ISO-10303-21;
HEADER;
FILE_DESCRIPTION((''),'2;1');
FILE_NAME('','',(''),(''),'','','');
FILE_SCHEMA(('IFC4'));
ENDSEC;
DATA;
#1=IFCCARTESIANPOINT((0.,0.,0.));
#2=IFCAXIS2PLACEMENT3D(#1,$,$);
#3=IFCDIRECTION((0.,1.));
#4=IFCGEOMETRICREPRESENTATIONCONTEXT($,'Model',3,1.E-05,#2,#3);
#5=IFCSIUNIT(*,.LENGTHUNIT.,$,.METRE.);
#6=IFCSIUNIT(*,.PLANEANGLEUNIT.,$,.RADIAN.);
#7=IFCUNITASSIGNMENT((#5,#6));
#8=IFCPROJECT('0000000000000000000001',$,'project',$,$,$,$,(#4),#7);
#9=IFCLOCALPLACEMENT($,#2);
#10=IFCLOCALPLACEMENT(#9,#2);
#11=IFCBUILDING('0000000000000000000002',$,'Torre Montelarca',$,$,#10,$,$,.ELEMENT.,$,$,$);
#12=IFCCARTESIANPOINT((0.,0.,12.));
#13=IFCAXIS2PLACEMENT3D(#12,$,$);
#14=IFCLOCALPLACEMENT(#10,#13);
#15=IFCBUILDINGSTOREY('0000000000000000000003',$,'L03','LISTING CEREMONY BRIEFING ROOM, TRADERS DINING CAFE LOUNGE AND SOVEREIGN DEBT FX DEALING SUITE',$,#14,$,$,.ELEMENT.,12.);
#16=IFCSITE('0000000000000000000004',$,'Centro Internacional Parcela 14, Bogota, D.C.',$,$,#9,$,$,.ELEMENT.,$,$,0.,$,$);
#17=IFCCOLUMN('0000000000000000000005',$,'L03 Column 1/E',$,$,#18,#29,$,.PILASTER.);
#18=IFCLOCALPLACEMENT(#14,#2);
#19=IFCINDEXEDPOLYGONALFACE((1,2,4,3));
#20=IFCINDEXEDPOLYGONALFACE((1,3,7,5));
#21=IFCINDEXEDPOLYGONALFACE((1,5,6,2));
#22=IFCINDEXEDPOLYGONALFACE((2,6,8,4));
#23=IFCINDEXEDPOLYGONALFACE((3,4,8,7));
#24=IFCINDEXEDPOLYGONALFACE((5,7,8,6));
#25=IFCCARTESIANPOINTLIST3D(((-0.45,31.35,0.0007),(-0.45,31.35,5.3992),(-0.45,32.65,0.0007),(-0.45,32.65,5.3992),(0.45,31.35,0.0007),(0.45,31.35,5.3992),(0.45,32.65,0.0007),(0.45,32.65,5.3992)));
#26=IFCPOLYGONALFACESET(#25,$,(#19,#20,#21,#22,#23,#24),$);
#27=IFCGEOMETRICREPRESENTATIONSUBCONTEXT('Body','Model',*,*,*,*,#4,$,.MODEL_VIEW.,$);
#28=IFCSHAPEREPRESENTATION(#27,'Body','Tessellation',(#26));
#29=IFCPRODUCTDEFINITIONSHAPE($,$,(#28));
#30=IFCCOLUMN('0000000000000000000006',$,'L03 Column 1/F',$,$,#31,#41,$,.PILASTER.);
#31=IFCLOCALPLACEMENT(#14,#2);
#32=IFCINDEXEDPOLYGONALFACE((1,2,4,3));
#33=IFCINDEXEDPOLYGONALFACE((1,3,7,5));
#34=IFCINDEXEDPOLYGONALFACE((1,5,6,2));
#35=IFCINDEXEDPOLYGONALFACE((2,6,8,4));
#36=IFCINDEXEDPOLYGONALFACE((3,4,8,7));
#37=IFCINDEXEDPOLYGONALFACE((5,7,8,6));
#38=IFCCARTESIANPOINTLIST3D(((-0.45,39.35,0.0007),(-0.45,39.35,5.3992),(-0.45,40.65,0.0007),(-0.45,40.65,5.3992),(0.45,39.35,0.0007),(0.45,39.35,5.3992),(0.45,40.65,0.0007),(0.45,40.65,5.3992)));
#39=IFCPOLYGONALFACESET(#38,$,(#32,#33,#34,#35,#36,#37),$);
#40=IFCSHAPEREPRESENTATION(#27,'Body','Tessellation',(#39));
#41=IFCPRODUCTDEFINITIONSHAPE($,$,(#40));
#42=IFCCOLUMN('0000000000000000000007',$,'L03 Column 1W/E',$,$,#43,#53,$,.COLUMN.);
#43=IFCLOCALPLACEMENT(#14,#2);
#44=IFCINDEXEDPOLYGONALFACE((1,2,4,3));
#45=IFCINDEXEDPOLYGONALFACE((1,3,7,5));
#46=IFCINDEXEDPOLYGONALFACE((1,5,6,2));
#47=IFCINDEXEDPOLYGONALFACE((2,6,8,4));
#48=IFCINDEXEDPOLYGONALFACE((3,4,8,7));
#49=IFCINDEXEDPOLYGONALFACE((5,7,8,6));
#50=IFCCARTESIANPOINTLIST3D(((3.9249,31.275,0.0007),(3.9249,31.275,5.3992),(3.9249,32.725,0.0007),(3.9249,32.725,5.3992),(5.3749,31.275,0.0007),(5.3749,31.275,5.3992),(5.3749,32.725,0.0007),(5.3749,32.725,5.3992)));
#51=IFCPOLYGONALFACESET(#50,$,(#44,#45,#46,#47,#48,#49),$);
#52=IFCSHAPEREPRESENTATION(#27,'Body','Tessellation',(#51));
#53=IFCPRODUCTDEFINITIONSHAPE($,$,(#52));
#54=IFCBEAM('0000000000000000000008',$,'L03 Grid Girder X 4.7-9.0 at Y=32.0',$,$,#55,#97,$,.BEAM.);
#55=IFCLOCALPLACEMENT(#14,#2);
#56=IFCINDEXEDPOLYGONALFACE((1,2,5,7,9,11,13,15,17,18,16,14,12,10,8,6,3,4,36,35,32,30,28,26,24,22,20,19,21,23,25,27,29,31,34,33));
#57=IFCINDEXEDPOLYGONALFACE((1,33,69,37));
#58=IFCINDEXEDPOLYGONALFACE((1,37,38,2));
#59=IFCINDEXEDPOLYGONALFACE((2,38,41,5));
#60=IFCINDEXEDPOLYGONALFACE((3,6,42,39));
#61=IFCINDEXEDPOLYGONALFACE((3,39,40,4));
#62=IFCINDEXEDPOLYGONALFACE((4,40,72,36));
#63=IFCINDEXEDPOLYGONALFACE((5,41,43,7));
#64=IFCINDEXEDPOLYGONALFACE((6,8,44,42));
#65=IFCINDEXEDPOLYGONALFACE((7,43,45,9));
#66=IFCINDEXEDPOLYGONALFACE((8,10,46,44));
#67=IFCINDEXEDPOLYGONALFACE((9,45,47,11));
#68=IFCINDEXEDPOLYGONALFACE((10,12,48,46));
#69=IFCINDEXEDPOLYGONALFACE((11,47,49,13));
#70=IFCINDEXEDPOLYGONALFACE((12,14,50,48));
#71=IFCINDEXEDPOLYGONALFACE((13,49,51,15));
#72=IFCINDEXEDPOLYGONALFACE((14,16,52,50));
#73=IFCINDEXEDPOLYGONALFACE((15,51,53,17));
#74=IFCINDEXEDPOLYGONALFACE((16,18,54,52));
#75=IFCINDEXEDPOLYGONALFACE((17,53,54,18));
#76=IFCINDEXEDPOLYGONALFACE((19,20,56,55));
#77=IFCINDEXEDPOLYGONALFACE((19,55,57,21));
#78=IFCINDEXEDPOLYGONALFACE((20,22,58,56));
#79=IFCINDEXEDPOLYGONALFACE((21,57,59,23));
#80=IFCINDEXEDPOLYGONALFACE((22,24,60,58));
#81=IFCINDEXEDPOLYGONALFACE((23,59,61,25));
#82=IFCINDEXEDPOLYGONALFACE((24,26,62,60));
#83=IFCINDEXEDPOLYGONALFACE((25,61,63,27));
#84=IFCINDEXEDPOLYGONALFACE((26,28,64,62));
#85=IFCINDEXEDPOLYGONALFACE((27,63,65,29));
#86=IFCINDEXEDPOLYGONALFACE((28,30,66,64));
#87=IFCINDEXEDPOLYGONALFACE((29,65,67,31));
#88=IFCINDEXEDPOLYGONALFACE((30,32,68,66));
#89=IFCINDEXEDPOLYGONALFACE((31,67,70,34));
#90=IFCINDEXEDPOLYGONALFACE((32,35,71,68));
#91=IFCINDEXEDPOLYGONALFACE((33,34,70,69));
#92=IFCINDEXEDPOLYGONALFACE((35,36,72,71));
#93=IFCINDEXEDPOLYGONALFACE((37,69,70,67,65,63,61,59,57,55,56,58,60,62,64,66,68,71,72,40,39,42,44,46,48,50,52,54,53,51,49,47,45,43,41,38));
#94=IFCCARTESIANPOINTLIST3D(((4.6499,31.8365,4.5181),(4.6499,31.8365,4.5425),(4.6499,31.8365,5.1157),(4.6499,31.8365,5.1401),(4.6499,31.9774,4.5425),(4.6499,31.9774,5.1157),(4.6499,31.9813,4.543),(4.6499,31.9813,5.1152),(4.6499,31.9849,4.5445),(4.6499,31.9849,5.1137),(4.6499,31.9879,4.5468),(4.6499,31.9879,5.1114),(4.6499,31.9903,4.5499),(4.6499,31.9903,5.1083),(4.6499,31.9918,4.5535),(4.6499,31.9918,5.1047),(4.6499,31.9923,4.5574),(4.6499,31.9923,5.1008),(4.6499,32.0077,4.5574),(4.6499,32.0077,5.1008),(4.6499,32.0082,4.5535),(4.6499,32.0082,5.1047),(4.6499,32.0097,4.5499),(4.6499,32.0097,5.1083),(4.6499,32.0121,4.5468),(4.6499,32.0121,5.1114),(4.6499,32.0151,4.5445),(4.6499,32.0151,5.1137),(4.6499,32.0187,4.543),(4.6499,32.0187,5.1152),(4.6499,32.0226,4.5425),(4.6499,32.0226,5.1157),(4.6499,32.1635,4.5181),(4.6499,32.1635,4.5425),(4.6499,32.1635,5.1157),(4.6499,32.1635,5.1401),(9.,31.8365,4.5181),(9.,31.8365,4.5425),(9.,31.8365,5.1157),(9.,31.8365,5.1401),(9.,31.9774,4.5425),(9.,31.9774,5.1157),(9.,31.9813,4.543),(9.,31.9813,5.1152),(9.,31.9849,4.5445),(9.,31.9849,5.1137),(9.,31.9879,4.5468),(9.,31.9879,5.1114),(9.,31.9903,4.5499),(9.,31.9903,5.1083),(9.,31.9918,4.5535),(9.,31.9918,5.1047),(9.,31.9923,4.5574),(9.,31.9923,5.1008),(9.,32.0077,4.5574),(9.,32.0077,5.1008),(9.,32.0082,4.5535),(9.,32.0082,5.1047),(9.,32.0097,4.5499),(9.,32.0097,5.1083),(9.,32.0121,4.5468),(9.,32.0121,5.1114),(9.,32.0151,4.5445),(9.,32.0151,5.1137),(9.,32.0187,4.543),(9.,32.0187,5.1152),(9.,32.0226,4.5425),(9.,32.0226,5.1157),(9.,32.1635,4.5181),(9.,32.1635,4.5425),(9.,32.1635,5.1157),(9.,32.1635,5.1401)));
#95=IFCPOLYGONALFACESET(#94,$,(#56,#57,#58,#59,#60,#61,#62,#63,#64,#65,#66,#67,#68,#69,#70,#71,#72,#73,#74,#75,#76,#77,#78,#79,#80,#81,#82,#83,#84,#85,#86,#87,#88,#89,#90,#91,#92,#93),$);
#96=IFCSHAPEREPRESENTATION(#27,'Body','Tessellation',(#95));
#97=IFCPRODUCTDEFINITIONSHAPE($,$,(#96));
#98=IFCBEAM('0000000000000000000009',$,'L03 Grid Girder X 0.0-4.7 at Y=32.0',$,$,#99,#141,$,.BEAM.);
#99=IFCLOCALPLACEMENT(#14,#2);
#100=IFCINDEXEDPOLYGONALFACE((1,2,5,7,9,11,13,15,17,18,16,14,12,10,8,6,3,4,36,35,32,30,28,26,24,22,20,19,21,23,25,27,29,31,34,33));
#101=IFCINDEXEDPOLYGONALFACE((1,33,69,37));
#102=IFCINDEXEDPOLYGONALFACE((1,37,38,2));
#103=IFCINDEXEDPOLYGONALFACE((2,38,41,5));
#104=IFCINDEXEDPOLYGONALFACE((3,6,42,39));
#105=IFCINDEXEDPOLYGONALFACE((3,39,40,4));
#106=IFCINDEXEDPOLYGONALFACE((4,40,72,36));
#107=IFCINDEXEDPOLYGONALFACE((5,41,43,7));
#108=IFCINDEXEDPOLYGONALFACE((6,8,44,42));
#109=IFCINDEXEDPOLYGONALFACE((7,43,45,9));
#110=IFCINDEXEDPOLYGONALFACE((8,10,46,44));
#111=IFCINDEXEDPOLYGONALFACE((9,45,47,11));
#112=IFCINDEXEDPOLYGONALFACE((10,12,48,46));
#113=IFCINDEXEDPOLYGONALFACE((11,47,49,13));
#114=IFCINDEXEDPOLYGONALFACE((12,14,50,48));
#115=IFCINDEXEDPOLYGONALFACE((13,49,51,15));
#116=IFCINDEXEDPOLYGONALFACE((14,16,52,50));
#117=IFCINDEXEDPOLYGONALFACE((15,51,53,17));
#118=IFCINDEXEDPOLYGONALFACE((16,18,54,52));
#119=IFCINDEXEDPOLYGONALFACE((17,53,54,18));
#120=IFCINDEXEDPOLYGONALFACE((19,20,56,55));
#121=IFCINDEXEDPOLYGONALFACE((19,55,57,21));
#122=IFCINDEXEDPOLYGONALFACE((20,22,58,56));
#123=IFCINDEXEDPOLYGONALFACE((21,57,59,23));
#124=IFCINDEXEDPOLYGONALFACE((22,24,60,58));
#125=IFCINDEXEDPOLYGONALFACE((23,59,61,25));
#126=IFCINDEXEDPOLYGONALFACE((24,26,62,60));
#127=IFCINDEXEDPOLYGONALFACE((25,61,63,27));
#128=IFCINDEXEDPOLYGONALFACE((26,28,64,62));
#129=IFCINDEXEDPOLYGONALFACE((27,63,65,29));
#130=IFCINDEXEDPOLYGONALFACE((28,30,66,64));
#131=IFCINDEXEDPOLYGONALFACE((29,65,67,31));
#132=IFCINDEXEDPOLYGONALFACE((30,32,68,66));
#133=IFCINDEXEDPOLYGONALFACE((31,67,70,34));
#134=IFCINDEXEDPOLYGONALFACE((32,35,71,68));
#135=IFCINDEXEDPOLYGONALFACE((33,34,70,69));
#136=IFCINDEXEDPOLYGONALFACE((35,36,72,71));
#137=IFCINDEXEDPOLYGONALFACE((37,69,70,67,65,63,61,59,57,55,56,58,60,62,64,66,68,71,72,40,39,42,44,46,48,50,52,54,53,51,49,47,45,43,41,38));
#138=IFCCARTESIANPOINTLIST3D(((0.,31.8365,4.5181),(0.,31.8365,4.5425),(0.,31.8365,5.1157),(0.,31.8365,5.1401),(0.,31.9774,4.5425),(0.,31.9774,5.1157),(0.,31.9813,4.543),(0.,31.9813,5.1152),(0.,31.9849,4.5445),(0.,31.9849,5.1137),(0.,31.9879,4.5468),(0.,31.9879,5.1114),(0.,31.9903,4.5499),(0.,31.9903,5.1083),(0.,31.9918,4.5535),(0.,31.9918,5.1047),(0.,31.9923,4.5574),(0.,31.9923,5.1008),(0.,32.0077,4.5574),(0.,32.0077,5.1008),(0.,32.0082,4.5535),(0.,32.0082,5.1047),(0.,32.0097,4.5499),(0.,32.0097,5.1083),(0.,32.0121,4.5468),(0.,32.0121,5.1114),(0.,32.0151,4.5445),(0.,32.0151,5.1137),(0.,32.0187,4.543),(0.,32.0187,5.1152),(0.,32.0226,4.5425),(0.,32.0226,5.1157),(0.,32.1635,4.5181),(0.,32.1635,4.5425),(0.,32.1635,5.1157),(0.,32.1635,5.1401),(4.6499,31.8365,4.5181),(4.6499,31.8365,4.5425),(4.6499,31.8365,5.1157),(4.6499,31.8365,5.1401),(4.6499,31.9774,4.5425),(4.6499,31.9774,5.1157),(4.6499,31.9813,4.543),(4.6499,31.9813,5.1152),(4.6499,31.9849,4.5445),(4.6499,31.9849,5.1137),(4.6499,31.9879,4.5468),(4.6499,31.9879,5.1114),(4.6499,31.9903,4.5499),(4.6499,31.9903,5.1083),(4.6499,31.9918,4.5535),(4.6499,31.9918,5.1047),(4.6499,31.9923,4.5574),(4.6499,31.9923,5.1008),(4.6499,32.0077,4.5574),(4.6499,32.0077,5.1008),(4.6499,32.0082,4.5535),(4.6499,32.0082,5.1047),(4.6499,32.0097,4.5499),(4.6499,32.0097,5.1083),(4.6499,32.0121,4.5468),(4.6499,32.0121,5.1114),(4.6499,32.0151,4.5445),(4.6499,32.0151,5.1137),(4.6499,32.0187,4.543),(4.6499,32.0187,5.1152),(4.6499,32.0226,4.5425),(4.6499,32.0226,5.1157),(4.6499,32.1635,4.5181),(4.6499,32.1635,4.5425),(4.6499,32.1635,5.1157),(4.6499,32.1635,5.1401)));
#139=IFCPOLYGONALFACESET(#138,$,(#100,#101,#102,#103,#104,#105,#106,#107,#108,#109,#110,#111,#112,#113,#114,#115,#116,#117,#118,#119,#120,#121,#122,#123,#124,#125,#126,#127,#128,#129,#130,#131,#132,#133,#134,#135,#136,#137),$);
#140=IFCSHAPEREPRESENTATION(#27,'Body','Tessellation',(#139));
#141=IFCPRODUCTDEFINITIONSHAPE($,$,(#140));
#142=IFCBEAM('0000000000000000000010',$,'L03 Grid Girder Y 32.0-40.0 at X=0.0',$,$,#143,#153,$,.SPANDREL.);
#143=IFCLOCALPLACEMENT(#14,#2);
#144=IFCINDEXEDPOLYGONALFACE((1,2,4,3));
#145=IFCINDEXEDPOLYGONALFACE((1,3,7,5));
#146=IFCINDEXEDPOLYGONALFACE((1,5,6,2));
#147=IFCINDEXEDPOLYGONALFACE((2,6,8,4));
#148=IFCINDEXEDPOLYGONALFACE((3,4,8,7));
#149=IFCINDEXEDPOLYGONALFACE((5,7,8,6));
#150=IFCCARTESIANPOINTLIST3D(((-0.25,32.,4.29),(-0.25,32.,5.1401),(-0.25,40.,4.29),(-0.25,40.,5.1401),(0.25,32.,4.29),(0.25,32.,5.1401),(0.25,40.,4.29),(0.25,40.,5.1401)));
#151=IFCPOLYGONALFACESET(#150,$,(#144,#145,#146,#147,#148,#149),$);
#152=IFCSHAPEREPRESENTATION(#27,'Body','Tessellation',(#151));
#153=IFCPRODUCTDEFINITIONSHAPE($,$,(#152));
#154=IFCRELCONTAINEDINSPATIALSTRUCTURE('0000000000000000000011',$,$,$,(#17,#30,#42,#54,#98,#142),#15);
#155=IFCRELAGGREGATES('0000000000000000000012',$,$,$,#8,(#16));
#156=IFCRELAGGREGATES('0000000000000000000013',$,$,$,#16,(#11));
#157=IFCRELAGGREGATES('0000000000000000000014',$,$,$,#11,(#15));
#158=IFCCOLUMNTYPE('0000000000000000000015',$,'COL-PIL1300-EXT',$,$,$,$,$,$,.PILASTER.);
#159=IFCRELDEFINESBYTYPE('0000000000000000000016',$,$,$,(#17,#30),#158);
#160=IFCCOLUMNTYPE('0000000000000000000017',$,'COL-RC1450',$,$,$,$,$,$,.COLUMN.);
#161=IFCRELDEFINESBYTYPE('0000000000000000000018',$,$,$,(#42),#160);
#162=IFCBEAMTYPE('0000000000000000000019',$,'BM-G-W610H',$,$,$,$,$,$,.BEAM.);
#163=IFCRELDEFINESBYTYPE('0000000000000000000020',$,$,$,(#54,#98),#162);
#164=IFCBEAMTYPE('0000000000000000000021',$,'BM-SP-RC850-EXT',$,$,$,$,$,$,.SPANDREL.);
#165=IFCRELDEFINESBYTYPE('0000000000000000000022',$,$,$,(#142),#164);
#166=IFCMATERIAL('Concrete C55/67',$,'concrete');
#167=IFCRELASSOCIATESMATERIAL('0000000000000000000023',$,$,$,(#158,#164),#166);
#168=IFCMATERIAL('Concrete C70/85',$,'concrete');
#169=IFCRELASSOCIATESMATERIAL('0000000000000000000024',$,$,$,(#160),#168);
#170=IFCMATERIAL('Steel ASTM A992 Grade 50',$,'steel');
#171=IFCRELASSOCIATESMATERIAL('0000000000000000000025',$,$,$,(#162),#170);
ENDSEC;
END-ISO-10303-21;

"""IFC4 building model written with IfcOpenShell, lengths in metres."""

from ifc_helpers import new_model, si_unit, direction, frame, origin, origin_2d, place, context, subcontext, project, spatial, rectangle, i_section, extrude, source, transform, mapped, material, material_profile, profile_set, type_object, element, save


model = new_model("IFC4")

# Units and contexts
model_context = context("Model", 3, precision=1e-05, world=origin(), true_north=direction((0.0, 1.0)))
body_context = subcontext(model_context, "Body", "Model", "MODEL_VIEW")
ifc_project = project(units=[si_unit("LENGTHUNIT", "METRE"), si_unit("PLANEANGLEUNIT", "RADIAN")], contexts=[model_context])

# Site, building, storey
site_placement = place(None, origin())
site = spatial("IfcSite", under=ifc_project, at=site_placement, Name="Centro Internacional Parcela 14, Bogota, D.C.", CompositionType="ELEMENT", RefElevation=0.0)
building_placement = place(site_placement, origin())
building = spatial("IfcBuilding", under=site, at=building_placement, Name="Torre Montelarca", CompositionType="ELEMENT")
storey_placement = place(building_placement, frame((0.0, 0.0, 12.0)))
storey = spatial("IfcBuildingStorey", under=building, at=storey_placement, Name="L03", Description="LISTING CEREMONY BRIEFING ROOM, TRADERS DINING CAFE LOUNGE AND SOVEREIGN DEBT FX DEALING SUITE", CompositionType="ELEMENT", Elevation=12.0)

# Columns
ifc_material_1 = material(Name="Concrete C55/67", Category="concrete")
ifc_material_profile_1 = material_profile(ifc_material_1, rectangle(XDim=0.8999, YDim=1.3, at=origin_2d()), Name="RC1300X900", Category="concrete")
ifc_profile_set_1 = profile_set([ifc_material_profile_1], Name="Concrete C55/67")
column_type_1 = type_object("IfcColumnType", Name="COL-PIL1300-EXT", PredefinedType="PILASTER", material=ifc_profile_set_1)
shared_shape_1 = source(origin(), body_context, "Body", "SweptSolid", [
    extrude(rectangle(XDim=0.8999, YDim=1.3, at=origin_2d()), origin(), (0.0, 0.0, 1.0), 5.3984),
])
for number, where, z_axis, x_axis, name in (
    (1, (0.0, 32.0, 0.0007), (0.0, 0.0, 1.0), (1.0, 0.0, 0.0), "L03 Column 1/E"),
    (2, (0.0, 40.0, 0.0007), (0.0, 0.0, 1.0), (1.0, 0.0, 0.0), "L03 Column 1/F"),
):
    element("IfcColumn", number, at=place(storey_placement, frame(where, z_axis=z_axis, x_axis=x_axis)), inside=storey, type_object=column_type_1, Name=name, PredefinedType="PILASTER", context=body_context, shape_type="MappedRepresentation", body=[
        mapped(shared_shape_1, transform((0.0, 0.0, 0.0), scale=1.0)),
    ])
ifc_material_2 = material(Name="Concrete C70/85", Category="concrete")
ifc_material_profile_2 = material_profile(ifc_material_2, rectangle(XDim=1.45, YDim=1.45, at=origin_2d()), Name="RC1450X1450", Category="concrete")
ifc_profile_set_2 = profile_set([ifc_material_profile_2], Name="Concrete C70/85")
column_type_2 = type_object("IfcColumnType", Name="COL-RC1450", PredefinedType="COLUMN", material=ifc_profile_set_2)
shared_shape_2 = source(origin(), body_context, "Body", "SweptSolid", [
    extrude(rectangle(XDim=1.45, YDim=1.45, at=origin_2d()), origin(), (0.0, 0.0, 1.0), 5.3984),
])
column_placement = place(storey_placement, frame((4.6499, 32.0, 0.0007), z_axis=(0.0, 0.0, 1.0), x_axis=(1.0, 0.0, 0.0)))
element("IfcColumn", 3, at=column_placement, inside=storey, type_object=column_type_2, Name="L03 Column 1W/E", PredefinedType="COLUMN", context=body_context, shape_type="MappedRepresentation", body=[
    mapped(shared_shape_2, transform((0.0, 0.0, 0.0), scale=1.0)),
])

# Beams
ifc_material_3 = material(Name="Steel ASTM A992 Grade 50", Category="steel")
ifc_material_profile_3 = material_profile(ifc_material_3, i_section(OverallWidth=0.3269, OverallDepth=0.6221, WebThickness=0.0154, FlangeThickness=0.0244, FilletRadius=0.0149, at=origin_2d()), Name="W610X195", Category="steel")
ifc_profile_set_3 = profile_set([ifc_material_profile_3], Name="Steel ASTM A992 Grade 50")
beam_type_1 = type_object("IfcBeamType", Name="BM-G-W610H", PredefinedType="BEAM", material=ifc_profile_set_3)
shared_shape_3 = source(origin(), body_context, "Body", "SweptSolid", [
    extrude(i_section(OverallWidth=0.3269, OverallDepth=0.6221, WebThickness=0.0154, FlangeThickness=0.0244, FilletRadius=0.0149, at=origin_2d()), origin(), (0.0, 0.0, 1.0), 4.3501),
])
beam_1_placement = place(storey_placement, frame((4.6499, 32.0, 4.8291), z_axis=(1.0, 0.0, 0.0), x_axis=(0.0, 1.0, 0.0)))
element("IfcBeam", 4, at=beam_1_placement, inside=storey, type_object=beam_type_1, Name="L03 Grid Girder X 4.7-9.0 at Y=32.0", PredefinedType="BEAM", context=body_context, shape_type="MappedRepresentation", body=[
    mapped(shared_shape_3, transform((0.0, 0.0, 0.0), scale=1.0)),
])
shared_shape_4 = source(origin(), body_context, "Body", "SweptSolid", [
    extrude(i_section(OverallWidth=0.3269, OverallDepth=0.6221, WebThickness=0.0154, FlangeThickness=0.0244, FilletRadius=0.0149, at=origin_2d()), origin(), (0.0, 0.0, 1.0), 4.6499),
])
beam_2_placement = place(storey_placement, frame((0.0, 32.0, 4.8291), z_axis=(1.0, 0.0, 0.0), x_axis=(0.0, 1.0, 0.0)))
element("IfcBeam", 5, at=beam_2_placement, inside=storey, type_object=beam_type_1, Name="L03 Grid Girder X 0.0-4.7 at Y=32.0", PredefinedType="BEAM", context=body_context, shape_type="MappedRepresentation", body=[
    mapped(shared_shape_4, transform((0.0, 0.0, 0.0), scale=1.0)),
])
ifc_material_profile_4 = material_profile(ifc_material_1, rectangle(XDim=0.5, YDim=0.8501, at=origin_2d()), Name="RCB500X850", Category="concrete")
ifc_profile_set_4 = profile_set([ifc_material_profile_4], Name="Concrete C55/67")
beam_type_2 = type_object("IfcBeamType", Name="BM-SP-RC850-EXT", PredefinedType="SPANDREL", material=ifc_profile_set_4)
shared_shape_5 = source(origin(), body_context, "Body", "SweptSolid", [
    extrude(rectangle(XDim=0.5, YDim=0.8501, at=origin_2d()), origin(), (0.0, 0.0, 1.0), 8.0),
])
beam_3_placement = place(storey_placement, frame((0.0, 32.0, 4.7151), z_axis=(0.0, 1.0, 0.0), x_axis=(-1.0, 0.0, 0.0)))
element("IfcBeam", 6, at=beam_3_placement, inside=storey, type_object=beam_type_2, Name="L03 Grid Girder Y 32.0-40.0 at X=0.0", PredefinedType="SPANDREL", context=body_context, shape_type="MappedRepresentation", body=[
    mapped(shared_shape_5, transform((0.0, 0.0, 0.0), scale=1.0)),
])

save(model, "model.ifc")
